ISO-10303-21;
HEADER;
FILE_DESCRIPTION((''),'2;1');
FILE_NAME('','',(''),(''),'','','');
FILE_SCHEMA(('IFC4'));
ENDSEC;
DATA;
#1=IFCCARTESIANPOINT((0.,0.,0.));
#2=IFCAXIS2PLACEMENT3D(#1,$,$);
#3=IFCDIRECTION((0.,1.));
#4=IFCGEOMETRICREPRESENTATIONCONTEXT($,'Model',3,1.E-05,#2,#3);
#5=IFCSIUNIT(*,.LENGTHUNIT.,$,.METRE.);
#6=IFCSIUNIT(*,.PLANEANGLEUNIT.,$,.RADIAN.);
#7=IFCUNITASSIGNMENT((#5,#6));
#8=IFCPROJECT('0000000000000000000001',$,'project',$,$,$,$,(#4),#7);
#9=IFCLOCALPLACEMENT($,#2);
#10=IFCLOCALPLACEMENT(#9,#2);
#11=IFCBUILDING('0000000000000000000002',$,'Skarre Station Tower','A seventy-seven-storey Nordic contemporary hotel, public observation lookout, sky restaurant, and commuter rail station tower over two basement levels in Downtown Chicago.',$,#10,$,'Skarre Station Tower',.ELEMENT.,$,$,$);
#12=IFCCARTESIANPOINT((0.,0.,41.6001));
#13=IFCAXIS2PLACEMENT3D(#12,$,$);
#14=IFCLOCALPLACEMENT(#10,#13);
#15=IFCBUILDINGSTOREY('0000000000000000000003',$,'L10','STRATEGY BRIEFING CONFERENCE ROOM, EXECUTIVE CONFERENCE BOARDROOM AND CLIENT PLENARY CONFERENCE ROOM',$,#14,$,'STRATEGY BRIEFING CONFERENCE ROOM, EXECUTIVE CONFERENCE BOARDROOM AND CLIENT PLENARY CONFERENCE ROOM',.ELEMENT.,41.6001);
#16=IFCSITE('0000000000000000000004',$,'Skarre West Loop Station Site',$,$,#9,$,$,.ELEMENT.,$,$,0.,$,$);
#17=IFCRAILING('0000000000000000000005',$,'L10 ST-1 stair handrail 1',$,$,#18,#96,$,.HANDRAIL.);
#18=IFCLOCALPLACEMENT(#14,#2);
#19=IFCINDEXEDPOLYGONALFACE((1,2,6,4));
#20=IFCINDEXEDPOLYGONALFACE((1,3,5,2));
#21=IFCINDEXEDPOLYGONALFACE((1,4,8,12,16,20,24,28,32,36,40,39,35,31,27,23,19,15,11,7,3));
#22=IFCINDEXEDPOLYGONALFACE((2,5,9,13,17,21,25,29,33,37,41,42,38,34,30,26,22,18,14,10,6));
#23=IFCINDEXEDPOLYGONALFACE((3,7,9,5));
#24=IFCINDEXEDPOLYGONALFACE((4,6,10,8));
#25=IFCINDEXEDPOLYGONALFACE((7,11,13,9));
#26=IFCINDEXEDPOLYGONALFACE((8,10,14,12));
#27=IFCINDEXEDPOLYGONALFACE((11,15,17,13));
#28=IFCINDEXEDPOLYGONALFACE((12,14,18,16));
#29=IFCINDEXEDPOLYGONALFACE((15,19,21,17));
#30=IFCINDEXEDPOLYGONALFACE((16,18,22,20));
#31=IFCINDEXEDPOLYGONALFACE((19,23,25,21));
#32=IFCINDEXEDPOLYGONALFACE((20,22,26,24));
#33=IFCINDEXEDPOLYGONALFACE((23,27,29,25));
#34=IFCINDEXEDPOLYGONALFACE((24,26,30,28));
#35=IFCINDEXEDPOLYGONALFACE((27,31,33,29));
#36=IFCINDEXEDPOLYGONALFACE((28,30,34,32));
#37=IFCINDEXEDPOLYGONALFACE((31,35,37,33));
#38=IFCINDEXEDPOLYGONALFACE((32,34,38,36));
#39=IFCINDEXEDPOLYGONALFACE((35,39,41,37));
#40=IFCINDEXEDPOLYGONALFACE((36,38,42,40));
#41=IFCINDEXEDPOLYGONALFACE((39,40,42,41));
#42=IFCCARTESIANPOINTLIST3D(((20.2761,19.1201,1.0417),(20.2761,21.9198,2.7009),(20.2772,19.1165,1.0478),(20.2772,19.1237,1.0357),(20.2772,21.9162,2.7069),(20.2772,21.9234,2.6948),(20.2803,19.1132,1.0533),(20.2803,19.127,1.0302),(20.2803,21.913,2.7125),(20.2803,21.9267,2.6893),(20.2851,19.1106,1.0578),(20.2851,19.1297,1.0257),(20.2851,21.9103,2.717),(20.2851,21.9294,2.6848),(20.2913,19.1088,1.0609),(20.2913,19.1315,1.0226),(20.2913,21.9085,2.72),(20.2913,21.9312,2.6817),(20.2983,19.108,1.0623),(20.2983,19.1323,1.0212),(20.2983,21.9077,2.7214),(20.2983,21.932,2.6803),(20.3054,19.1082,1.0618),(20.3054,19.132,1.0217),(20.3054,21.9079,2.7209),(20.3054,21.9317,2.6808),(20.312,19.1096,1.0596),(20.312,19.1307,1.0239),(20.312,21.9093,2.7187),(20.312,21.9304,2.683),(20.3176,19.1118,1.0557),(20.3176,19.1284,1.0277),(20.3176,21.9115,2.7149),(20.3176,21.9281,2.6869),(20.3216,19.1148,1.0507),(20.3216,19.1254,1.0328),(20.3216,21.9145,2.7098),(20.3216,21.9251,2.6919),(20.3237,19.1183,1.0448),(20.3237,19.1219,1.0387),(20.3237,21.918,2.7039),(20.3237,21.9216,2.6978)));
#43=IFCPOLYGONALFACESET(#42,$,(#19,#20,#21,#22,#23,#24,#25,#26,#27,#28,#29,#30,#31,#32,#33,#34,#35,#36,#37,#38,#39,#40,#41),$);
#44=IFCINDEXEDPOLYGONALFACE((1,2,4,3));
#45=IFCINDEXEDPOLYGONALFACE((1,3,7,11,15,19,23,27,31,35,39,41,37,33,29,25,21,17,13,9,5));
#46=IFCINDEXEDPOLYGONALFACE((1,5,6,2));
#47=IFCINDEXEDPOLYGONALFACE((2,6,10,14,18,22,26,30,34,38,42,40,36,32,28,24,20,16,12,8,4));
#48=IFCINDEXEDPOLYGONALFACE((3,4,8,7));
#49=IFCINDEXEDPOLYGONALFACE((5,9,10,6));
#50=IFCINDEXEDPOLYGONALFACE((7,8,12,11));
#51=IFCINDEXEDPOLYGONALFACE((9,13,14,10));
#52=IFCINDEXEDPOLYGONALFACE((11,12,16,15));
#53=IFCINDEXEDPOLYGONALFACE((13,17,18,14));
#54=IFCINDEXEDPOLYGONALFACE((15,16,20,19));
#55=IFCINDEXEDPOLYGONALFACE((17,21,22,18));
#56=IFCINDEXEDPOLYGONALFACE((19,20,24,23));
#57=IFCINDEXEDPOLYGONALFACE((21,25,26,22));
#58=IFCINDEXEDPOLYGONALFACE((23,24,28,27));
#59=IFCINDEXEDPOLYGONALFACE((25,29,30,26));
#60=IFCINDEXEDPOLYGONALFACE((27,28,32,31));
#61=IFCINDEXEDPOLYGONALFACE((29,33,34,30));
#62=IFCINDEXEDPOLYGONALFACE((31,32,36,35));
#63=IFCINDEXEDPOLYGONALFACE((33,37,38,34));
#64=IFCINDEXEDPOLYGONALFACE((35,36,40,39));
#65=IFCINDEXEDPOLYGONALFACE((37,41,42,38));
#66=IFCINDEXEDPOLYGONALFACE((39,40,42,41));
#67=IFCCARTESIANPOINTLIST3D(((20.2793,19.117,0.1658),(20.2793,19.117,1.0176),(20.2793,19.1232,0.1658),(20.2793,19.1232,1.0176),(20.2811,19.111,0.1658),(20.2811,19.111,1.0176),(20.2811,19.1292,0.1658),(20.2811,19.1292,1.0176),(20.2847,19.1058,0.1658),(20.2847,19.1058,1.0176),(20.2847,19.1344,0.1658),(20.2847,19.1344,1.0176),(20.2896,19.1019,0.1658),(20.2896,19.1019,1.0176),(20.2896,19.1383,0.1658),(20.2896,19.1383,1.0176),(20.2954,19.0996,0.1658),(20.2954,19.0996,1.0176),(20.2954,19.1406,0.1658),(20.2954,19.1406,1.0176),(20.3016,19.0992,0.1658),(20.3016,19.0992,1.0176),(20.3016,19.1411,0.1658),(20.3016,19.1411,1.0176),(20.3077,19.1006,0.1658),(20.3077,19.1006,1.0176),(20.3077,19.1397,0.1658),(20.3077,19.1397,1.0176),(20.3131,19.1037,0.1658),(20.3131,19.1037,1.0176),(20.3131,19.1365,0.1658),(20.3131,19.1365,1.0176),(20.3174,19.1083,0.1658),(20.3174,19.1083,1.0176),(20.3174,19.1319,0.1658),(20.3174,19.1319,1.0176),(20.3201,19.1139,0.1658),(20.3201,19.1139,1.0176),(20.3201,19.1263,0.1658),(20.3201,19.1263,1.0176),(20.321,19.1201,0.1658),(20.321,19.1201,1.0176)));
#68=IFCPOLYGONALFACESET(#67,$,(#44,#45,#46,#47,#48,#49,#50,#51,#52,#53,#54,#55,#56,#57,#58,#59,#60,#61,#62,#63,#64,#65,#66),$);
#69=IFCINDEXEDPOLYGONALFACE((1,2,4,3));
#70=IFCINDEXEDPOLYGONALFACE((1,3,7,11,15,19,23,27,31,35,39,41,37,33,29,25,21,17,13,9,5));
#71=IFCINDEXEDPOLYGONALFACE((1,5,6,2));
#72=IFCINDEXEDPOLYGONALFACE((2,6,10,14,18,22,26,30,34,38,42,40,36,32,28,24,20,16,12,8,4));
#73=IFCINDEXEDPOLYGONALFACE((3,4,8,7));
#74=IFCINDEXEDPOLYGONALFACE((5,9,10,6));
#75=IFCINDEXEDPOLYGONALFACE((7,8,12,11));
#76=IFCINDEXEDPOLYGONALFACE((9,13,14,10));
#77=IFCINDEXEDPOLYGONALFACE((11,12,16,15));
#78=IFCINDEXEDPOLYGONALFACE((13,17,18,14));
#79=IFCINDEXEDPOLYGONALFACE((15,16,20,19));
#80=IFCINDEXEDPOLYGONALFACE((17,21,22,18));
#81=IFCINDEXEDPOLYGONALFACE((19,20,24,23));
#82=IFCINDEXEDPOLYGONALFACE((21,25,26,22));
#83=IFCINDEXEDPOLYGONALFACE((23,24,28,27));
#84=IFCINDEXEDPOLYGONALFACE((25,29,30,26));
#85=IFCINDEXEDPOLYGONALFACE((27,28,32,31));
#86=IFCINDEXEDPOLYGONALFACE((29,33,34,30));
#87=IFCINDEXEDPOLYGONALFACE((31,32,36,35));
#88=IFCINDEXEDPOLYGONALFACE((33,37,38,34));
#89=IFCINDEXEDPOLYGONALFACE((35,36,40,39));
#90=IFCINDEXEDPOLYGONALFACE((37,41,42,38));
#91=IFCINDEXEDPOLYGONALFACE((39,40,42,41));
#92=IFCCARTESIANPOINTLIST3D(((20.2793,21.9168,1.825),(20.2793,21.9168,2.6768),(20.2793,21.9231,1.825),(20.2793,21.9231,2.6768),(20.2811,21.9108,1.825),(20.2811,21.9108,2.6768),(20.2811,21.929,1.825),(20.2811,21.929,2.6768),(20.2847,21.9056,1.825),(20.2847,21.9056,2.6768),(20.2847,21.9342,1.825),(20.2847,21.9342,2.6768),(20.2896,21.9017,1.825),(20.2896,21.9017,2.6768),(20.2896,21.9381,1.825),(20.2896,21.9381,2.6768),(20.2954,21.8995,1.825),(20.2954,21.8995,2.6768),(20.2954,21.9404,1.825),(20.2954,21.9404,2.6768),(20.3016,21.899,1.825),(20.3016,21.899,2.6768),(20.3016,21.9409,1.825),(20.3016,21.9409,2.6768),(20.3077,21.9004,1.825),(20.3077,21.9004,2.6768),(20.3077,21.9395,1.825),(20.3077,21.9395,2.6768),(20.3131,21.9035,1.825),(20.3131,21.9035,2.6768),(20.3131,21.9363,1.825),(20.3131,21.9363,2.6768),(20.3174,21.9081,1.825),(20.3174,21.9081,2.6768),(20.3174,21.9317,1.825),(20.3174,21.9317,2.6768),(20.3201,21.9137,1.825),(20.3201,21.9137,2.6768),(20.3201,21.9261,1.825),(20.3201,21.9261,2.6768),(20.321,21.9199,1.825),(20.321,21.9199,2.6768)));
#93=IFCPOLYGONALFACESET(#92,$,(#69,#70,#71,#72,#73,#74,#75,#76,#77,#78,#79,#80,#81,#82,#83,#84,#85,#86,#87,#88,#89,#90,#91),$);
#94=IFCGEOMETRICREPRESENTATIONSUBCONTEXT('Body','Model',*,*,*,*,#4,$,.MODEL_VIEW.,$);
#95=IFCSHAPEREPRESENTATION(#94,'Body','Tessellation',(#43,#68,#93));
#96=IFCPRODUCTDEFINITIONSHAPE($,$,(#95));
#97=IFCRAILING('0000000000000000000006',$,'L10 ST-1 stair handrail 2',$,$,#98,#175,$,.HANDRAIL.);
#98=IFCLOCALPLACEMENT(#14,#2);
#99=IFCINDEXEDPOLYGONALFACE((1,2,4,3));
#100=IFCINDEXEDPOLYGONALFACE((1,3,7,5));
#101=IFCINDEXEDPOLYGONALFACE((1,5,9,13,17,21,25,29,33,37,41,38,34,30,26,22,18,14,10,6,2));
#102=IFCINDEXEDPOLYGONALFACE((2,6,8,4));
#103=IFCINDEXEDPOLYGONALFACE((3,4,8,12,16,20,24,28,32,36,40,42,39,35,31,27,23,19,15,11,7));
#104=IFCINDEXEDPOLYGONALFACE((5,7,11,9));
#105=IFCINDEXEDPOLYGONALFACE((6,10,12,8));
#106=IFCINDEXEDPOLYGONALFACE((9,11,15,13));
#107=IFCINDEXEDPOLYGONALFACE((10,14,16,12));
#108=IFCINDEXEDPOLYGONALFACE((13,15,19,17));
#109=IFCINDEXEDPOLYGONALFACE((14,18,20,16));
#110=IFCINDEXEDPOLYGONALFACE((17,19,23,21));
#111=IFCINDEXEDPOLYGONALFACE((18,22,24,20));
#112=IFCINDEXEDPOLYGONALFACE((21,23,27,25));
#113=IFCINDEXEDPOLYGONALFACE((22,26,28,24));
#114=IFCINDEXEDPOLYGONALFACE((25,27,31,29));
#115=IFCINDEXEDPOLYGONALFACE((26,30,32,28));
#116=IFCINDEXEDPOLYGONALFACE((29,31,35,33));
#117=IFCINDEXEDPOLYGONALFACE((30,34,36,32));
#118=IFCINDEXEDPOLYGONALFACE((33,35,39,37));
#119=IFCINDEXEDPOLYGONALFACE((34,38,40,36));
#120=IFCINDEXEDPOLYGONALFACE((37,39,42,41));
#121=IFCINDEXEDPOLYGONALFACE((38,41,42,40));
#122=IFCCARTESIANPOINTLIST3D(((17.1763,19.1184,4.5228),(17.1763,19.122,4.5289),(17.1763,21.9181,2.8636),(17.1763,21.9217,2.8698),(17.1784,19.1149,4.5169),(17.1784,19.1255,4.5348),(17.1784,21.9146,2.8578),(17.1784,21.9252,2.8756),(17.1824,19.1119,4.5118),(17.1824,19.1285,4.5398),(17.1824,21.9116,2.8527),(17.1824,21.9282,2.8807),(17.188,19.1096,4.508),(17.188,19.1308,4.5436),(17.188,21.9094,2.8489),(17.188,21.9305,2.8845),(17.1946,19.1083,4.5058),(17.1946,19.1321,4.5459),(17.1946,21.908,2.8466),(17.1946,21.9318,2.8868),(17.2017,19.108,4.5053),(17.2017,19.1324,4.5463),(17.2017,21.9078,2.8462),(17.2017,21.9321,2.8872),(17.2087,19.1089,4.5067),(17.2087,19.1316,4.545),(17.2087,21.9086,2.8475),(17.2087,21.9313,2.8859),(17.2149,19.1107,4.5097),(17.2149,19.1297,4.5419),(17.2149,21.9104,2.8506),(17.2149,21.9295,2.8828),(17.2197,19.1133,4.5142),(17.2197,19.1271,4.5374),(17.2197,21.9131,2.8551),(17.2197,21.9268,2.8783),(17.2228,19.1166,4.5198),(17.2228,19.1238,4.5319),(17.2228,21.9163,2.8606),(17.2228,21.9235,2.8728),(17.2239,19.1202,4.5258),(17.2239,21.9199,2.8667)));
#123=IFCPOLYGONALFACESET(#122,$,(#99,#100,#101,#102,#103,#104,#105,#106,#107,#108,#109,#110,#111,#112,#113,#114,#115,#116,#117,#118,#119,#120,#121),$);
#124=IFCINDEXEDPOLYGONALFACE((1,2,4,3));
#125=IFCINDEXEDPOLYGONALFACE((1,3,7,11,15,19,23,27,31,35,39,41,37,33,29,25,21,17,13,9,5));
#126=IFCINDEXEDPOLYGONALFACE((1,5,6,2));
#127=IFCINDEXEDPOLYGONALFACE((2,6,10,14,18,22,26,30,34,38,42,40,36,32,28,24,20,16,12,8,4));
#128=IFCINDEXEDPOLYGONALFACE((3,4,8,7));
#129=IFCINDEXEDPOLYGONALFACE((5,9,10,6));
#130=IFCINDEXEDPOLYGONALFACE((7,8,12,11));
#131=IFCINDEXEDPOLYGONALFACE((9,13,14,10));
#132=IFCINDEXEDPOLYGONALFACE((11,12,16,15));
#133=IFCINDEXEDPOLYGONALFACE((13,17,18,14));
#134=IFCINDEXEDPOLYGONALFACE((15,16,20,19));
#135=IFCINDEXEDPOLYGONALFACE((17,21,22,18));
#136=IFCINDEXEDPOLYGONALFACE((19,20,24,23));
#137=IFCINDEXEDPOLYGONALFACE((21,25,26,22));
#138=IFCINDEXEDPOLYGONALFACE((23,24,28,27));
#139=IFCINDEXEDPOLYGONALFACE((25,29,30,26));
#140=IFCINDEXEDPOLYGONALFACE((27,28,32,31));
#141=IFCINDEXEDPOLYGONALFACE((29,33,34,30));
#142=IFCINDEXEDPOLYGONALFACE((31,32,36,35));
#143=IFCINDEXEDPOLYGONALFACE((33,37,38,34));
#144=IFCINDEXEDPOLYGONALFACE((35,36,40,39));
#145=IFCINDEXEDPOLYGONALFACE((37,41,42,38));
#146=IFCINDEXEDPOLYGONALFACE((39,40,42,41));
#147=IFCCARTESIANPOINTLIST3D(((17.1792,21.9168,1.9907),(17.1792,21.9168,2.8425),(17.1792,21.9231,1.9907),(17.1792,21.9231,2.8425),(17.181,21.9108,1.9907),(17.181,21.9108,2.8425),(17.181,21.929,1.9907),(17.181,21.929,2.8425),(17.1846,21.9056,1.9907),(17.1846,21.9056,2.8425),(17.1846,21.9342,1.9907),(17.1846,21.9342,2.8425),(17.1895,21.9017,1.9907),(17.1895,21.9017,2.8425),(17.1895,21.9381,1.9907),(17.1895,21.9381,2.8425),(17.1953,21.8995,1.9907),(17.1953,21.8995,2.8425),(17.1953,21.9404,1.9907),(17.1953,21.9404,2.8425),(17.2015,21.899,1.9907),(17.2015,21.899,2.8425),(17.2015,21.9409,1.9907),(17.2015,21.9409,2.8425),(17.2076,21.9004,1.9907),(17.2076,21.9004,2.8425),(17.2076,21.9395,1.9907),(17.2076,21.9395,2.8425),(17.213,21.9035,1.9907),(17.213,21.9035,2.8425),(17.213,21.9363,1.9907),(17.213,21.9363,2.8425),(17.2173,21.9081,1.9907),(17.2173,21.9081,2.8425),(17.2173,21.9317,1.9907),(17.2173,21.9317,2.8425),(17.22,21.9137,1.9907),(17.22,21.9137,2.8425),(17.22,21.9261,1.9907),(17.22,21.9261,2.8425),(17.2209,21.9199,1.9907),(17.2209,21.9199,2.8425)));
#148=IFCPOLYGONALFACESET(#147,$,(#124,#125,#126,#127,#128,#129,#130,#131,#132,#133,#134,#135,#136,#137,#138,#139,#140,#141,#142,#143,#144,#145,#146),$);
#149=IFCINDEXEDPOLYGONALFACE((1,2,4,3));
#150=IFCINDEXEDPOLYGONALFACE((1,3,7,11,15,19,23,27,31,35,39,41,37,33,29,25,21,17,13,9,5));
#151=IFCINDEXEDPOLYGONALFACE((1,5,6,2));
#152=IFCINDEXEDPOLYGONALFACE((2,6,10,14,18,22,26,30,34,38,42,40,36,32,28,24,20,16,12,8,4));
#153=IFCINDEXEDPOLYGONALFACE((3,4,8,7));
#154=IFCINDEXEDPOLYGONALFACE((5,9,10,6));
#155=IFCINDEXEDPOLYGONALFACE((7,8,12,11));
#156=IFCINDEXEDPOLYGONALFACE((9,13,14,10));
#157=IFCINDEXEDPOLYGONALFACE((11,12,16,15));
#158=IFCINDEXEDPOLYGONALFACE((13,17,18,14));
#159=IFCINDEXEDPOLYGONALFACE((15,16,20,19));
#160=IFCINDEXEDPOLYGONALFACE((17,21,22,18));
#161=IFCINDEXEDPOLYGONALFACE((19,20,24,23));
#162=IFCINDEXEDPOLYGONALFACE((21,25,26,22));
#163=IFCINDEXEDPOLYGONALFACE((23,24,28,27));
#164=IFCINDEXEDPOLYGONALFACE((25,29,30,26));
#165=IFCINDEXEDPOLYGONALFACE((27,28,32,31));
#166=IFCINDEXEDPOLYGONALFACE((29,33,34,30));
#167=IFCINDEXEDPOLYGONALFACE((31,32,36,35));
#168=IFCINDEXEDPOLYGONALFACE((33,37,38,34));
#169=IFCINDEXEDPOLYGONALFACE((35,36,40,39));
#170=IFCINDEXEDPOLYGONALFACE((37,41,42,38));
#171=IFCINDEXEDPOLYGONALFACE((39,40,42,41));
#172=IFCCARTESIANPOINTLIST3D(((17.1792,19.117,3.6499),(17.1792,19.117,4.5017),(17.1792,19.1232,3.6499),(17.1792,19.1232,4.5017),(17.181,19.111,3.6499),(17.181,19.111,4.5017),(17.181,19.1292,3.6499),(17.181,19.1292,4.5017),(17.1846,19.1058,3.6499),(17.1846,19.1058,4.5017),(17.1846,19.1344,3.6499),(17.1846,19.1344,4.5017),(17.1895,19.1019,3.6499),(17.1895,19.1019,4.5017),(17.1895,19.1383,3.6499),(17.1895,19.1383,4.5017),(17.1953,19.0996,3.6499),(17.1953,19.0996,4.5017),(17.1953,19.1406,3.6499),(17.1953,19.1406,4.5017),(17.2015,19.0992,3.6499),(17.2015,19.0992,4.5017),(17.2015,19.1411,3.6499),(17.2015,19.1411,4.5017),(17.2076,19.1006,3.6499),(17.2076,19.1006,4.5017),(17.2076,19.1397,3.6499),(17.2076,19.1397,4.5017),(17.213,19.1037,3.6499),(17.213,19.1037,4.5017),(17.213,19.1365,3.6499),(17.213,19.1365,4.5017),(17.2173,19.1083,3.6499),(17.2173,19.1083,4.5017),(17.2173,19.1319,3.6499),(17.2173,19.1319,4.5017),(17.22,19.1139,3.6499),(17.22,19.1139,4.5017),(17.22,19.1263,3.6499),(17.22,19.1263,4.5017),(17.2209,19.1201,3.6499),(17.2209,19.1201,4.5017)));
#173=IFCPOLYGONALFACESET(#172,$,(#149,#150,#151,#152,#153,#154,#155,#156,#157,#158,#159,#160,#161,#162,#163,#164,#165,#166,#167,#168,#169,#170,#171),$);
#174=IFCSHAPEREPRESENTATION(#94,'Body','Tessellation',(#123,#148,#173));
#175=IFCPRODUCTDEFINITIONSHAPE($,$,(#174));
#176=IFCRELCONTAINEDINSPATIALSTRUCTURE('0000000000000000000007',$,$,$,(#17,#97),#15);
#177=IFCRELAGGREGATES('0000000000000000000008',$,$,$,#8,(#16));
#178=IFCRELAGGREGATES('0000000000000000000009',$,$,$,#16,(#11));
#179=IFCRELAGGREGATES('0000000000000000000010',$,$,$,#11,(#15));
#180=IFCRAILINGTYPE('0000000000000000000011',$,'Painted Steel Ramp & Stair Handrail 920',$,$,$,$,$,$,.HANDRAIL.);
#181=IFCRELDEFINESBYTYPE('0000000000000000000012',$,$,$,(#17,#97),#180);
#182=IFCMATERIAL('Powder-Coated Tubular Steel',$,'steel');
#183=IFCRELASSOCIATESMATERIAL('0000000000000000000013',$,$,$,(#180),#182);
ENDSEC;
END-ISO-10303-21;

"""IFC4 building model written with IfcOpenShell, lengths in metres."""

from ifc_helpers import new_model, si_unit, direction, frame, origin, origin_2d, place, context, subcontext, project, spatial, circle, extrude, material, type_object, element, save


model = new_model("IFC4")

# Units and contexts
model_context = context("Model", 3, precision=1e-05, world=origin(), true_north=direction((0.0, 1.0)))
body_context = subcontext(model_context, "Body", "Model", "MODEL_VIEW")
ifc_project = project(units=[si_unit("LENGTHUNIT", "METRE"), si_unit("PLANEANGLEUNIT", "RADIAN")], contexts=[model_context])

# Site, building, storey
site_placement = place(None, origin())
site = spatial("IfcSite", under=ifc_project, at=site_placement, Name="Skarre West Loop Station Site", CompositionType="ELEMENT", RefElevation=0.0)
building_placement = place(site_placement, origin())
building = spatial("IfcBuilding", under=site, at=building_placement, Name="Skarre Station Tower", Description="A seventy-seven-storey Nordic contemporary hotel, public observation lookout, sky restaurant, and commuter rail station tower over two basement levels in Downtown Chicago.", LongName="Skarre Station Tower", CompositionType="ELEMENT")
storey_placement = place(building_placement, frame((0.0, 0.0, 41.6001)))
storey = spatial("IfcBuildingStorey", under=building, at=storey_placement, Name="L10", Description="STRATEGY BRIEFING CONFERENCE ROOM, EXECUTIVE CONFERENCE BOARDROOM AND CLIENT PLENARY CONFERENCE ROOM", LongName="STRATEGY BRIEFING CONFERENCE ROOM, EXECUTIVE CONFERENCE BOARDROOM AND CLIENT PLENARY CONFERENCE ROOM", CompositionType="ELEMENT", Elevation=41.6001)

# Railings
ifc_material_1 = material(Name="Powder-Coated Tubular Steel", Category="steel")
railing_type_1 = type_object("IfcRailingType", Name="Painted Steel Ramp & Stair Handrail 920", PredefinedType="HANDRAIL", material=ifc_material_1)
railing_1_placement = place(storey_placement, frame((20.3, 19.1201, 0.1658)))
element("IfcRailing", 1, at=railing_1_placement, inside=storey, type_object=railing_type_1, Name="L10 ST-1 stair handrail 1", PredefinedType="HANDRAIL", context=body_context, shape_type="SweptSolid", body=[
    extrude(circle(Radius=0.0239, at=origin_2d()), frame((0.0, 0.0, 0.876), z_axis=(0.0, 0.860287, 0.509811), x_axis=(-1.0, 0.0, 0.0)), (0.0, 0.0, 1.0), 3.2544),
    extrude(circle(Radius=0.021, at=origin_2d()), origin(), (0.0, 0.0, 1.0), 0.8518),
    extrude(circle(Radius=0.021, at=origin_2d()), frame((0.0, 2.7998, 1.6592)), (0.0, 0.0, 1.0), 0.8518),
])
railing_2_placement = place(storey_placement, frame((17.2, 21.9199, 1.9907)))
element("IfcRailing", 2, at=railing_2_placement, inside=storey, type_object=railing_type_1, Name="L10 ST-1 stair handrail 2", PredefinedType="HANDRAIL", context=body_context, shape_type="SweptSolid", body=[
    extrude(circle(Radius=0.0239, at=origin_2d()), frame((0.0, 0.0, 0.876), z_axis=(0.0, -0.860287, 0.509811), x_axis=(1.0, 0.0, 0.0)), (0.0, 0.0, 1.0), 3.2544),
    extrude(circle(Radius=0.021, at=origin_2d()), origin(), (0.0, 0.0, 1.0), 0.8518),
    extrude(circle(Radius=0.021, at=origin_2d()), frame((0.0, -2.7998, 1.6592)), (0.0, 0.0, 1.0), 0.8518),
])

save(model, "model.ifc")
